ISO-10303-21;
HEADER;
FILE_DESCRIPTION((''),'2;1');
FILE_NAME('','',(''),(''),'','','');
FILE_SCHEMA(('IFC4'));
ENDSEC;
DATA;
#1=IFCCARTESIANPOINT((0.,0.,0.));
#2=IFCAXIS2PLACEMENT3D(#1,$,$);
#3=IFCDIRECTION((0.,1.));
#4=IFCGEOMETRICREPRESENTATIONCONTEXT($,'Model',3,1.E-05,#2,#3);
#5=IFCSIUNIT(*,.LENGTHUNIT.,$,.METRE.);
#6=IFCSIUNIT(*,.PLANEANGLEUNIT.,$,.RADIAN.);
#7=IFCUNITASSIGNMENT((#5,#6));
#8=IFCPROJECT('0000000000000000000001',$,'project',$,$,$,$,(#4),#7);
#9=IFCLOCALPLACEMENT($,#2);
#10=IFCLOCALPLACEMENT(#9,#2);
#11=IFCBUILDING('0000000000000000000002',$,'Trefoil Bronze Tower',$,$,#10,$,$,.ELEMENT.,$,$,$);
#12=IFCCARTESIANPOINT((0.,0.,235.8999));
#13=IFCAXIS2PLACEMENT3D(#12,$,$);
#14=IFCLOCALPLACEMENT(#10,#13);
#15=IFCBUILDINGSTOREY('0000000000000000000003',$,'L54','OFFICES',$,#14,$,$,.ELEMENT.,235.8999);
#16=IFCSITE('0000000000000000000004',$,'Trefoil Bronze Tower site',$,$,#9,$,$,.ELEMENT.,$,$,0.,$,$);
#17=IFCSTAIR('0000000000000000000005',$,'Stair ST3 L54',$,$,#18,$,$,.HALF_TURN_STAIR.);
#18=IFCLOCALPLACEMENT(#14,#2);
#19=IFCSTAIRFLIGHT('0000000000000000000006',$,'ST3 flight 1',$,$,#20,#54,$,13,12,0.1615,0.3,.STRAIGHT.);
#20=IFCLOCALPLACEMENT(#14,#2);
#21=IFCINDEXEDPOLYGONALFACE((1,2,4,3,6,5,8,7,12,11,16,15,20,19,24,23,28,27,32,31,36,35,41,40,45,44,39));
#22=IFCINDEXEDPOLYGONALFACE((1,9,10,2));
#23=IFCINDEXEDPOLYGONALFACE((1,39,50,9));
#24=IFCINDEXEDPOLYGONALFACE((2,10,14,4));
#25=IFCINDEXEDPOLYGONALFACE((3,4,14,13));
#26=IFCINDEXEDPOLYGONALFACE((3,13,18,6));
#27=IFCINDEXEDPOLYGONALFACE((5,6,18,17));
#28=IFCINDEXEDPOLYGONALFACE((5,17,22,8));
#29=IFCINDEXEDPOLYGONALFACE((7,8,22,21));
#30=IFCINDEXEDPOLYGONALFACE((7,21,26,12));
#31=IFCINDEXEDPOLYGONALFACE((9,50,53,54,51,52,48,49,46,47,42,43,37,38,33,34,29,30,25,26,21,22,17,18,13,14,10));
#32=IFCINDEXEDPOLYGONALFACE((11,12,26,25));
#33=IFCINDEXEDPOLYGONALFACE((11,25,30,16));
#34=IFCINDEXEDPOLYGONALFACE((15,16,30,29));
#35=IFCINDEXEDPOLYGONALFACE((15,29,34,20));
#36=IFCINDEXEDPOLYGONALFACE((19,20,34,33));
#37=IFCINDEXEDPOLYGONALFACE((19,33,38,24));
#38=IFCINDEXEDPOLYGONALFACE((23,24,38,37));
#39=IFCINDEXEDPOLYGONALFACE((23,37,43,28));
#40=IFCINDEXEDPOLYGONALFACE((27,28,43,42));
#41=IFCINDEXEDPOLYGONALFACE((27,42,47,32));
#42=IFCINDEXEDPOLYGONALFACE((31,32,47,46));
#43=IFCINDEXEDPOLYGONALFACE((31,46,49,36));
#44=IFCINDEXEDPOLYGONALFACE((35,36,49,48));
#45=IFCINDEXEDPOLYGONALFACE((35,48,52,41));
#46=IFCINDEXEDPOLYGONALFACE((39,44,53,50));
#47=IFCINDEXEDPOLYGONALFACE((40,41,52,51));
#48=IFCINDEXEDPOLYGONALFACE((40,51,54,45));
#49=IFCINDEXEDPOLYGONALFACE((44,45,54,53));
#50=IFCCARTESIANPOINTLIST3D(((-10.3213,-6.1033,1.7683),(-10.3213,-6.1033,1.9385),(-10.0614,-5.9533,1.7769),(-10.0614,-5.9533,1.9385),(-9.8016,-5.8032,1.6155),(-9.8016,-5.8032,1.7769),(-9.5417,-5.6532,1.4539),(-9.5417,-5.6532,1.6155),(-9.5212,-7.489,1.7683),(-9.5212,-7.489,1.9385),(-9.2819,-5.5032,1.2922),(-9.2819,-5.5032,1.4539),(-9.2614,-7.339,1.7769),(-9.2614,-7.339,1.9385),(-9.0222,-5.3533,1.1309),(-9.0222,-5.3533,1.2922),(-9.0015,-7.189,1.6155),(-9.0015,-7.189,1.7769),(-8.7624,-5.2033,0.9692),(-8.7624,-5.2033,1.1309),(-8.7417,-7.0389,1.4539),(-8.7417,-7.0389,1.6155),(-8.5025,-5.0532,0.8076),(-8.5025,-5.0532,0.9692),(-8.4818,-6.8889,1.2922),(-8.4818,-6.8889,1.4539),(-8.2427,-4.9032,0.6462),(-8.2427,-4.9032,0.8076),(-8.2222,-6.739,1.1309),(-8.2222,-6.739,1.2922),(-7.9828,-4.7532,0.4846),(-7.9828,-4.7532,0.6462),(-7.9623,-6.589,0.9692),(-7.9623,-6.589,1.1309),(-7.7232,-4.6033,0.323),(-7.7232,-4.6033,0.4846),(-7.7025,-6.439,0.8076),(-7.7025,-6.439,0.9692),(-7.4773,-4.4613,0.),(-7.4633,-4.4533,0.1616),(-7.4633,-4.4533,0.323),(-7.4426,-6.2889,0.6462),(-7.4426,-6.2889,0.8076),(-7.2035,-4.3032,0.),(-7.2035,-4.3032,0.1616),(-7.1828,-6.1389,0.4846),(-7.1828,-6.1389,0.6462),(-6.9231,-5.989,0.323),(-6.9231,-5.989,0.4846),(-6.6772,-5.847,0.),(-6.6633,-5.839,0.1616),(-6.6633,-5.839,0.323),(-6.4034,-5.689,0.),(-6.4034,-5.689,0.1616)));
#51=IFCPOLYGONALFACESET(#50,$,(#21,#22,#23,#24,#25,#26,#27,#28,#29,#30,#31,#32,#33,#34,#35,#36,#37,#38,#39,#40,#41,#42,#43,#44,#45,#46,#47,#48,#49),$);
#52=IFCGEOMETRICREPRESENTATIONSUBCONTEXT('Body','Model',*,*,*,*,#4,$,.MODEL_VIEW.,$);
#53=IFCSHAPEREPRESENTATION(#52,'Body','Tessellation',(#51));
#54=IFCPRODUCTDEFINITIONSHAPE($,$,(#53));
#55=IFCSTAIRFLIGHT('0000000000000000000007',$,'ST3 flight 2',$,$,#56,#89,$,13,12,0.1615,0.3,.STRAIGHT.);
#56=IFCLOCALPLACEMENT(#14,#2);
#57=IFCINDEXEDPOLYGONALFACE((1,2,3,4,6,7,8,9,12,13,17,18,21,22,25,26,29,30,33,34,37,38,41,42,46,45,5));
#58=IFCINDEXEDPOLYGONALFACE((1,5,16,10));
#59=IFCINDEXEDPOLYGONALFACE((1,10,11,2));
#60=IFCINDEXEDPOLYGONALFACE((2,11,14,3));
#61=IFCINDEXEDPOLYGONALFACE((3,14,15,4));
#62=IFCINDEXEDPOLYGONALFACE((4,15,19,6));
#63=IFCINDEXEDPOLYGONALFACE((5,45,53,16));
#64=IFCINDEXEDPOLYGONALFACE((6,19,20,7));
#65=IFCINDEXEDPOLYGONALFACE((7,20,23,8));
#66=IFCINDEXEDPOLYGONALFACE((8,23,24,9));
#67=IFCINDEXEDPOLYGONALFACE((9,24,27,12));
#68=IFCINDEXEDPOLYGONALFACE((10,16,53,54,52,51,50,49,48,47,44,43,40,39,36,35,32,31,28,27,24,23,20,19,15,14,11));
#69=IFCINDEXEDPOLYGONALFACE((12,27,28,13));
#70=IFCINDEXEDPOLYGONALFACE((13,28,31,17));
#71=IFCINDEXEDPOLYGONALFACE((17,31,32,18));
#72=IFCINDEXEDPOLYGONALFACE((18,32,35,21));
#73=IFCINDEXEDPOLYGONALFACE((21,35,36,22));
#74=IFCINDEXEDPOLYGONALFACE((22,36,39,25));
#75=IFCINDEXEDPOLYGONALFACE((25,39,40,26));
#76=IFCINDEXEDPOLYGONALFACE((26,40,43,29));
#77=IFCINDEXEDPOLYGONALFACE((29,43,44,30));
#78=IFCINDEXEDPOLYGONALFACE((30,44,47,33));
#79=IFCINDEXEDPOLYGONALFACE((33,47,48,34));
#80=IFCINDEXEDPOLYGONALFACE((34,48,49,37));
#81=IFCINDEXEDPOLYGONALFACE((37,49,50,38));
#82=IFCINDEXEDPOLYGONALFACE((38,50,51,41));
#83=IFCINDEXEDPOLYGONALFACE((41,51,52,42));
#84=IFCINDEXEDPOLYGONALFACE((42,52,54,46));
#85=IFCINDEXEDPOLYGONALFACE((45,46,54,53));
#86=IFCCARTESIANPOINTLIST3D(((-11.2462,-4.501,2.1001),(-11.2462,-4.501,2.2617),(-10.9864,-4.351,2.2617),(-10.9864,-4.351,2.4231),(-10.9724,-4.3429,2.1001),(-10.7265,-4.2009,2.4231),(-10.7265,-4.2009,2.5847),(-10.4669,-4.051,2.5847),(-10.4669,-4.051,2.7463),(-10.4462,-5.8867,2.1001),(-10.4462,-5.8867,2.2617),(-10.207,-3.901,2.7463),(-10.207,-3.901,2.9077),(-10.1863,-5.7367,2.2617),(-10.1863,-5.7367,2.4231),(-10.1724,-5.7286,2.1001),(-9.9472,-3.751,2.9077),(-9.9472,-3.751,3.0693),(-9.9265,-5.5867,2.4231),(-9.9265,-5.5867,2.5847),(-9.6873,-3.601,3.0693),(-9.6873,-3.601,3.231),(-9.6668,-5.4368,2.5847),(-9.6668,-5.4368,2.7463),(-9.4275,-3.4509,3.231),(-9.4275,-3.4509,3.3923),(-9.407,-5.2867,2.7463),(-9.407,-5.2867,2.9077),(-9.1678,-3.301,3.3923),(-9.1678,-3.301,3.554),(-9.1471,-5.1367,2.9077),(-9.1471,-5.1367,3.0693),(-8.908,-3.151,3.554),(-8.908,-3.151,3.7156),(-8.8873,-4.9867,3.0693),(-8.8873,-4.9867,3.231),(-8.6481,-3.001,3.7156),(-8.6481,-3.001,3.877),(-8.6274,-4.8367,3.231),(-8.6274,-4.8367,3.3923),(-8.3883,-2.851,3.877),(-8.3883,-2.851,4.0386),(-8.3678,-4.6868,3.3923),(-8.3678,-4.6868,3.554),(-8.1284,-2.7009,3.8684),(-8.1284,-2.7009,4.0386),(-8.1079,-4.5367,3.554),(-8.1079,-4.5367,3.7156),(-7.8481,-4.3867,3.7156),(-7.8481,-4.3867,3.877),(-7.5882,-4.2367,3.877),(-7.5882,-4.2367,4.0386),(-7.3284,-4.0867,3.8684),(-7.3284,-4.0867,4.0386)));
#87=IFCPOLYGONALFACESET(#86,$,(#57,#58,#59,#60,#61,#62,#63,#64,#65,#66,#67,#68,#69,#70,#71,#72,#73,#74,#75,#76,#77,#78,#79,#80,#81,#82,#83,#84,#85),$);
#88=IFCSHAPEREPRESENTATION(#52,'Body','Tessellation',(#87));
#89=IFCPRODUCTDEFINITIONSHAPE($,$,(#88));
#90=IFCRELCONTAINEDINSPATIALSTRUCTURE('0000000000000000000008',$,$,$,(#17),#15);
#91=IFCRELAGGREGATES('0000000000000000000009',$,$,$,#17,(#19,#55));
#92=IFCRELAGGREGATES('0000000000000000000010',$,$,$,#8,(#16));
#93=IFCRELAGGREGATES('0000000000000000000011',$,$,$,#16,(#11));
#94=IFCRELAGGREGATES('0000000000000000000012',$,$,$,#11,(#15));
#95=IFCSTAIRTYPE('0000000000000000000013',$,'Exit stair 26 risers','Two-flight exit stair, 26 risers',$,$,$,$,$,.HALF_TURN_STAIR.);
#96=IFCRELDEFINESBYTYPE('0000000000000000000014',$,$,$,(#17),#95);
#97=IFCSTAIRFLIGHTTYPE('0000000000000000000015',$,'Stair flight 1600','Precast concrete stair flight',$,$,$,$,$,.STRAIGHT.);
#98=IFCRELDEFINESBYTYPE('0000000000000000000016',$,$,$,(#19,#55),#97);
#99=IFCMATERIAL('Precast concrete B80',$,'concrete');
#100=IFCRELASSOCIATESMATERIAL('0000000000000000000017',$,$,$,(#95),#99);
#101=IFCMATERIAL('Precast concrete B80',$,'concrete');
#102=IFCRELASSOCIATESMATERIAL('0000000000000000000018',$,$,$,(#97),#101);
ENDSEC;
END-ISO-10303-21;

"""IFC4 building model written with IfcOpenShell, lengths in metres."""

from ifc_helpers import new_model, si_unit, direction, frame, origin, place, context, subcontext, project, spatial, polyline, outline, extrude, material, type_object, element, aggregate, save


model = new_model("IFC4")

# Units and contexts
model_context = context("Model", 3, precision=1e-05, world=origin(), true_north=direction((0.0, 1.0)))
body_context = subcontext(model_context, "Body", "Model", "MODEL_VIEW")
ifc_project = project(units=[si_unit("LENGTHUNIT", "METRE"), si_unit("PLANEANGLEUNIT", "RADIAN")], contexts=[model_context])

# Site, building, storey
site_placement = place(None, origin())
site = spatial("IfcSite", under=ifc_project, at=site_placement, Name="Trefoil Bronze Tower site", CompositionType="ELEMENT", RefElevation=0.0)
building_placement = place(site_placement, origin())
building = spatial("IfcBuilding", under=site, at=building_placement, Name="Trefoil Bronze Tower", CompositionType="ELEMENT")
storey_placement = place(building_placement, frame((0.0, 0.0, 235.8999)))
storey = spatial("IfcBuildingStorey", under=building, at=storey_placement, Name="L54", Description="OFFICES", CompositionType="ELEMENT", Elevation=235.8999)

# Stair, stair flights
ifc_material_1 = material(Name="Precast concrete B80", Category="concrete")
stair_type = type_object("IfcStairType", Name="Exit stair 26 risers", Description="Two-flight exit stair, 26 risers", PredefinedType="HALF_TURN_STAIR", material=ifc_material_1)
stair_placement = place(storey_placement, origin())
stair = element("IfcStair", 1, at=stair_placement, inside=storey, type_object=stair_type, Name="Stair ST3 L54", PredefinedType="HALF_TURN_STAIR")
ifc_material_2 = material(Name="Precast concrete B80", Category="concrete")
stair_flight_type = type_object("IfcStairFlightType", Name="Stair flight 1600", Description="Precast concrete stair flight", PredefinedType="STRAIGHT", material=ifc_material_2)
stair_flight_1_placement = place(storey_placement, frame((-6.8035, -4.9961, 0.0), z_axis=(0.0, 0.0, 1.0), x_axis=(-0.866025, -0.5, 0.0)))
stair_flight_1 = element("IfcStairFlight", 2, at=stair_flight_1_placement, type_object=stair_flight_type, Name="ST3 flight 1", NumberOfRisers=13, NumberOfTreads=12, PredefinedType="STRAIGHT", RiserHeight=0.1615, TreadLength=0.3, context=body_context, shape_type="SweptSolid", body=[
    extrude(outline(polyline([(0.0, 0.0), (0.0, 0.1616), (0.3, 0.1616), (0.3, 0.323), (0.6001, 0.323), (0.6001, 0.4846), (0.8999, 0.4846), (0.8999, 0.6462), (1.2, 0.6462), (1.2, 0.8076), (1.5, 0.8076), (1.5, 0.9692), (1.8, 0.9692), (1.8, 1.1309), (2.1001, 1.1309), (2.1001, 1.2922), (2.3999, 1.2922), (2.3999, 1.4539), (2.7, 1.4539), (2.7, 1.6155), (3.0, 1.6155), (3.0, 1.7769), (3.3, 1.7769), (3.3, 1.9385), (3.6001, 1.9385), (3.6001, 2.1001), (3.6001, 1.7683), (0.3162, 0.0), (0.0, 0.0)])), frame((0.0, 0.8, 0.0), z_axis=(0.0, -1.0, 0.0), x_axis=(1.0, 0.0, 0.0)), (0.0, 0.0, 1.0), 1.6001),
])
stair_flight_2_placement = place(storey_placement, frame((-10.8462, -5.1938, 2.1001), z_axis=(0.0, 0.0, 1.0), x_axis=(0.866025, 0.5, 0.0)))
stair_flight_2 = element("IfcStairFlight", 3, at=stair_flight_2_placement, type_object=stair_flight_type, Name="ST3 flight 2", NumberOfRisers=13, NumberOfTreads=12, PredefinedType="STRAIGHT", RiserHeight=0.1615, TreadLength=0.3, context=body_context, shape_type="SweptSolid", body=[
    extrude(outline(polyline([(0.0, 0.0), (0.0, 0.1616), (0.3, 0.1616), (0.3, 0.323), (0.6001, 0.323), (0.6001, 0.4846), (0.8999, 0.4846), (0.8999, 0.6462), (1.2, 0.6462), (1.2, 0.8076), (1.5, 0.8076), (1.5, 0.9692), (1.8, 0.9692), (1.8, 1.1309), (2.1001, 1.1309), (2.1001, 1.2922), (2.3999, 1.2922), (2.3999, 1.4539), (2.7, 1.4539), (2.7, 1.6155), (3.0, 1.6155), (3.0, 1.7769), (3.3, 1.7769), (3.3, 1.9385), (3.6001, 1.9385), (3.6001, 2.1001), (3.6001, 1.7683), (0.3162, 0.0), (0.0, 0.0)])), frame((0.0, 0.8, 0.0), z_axis=(0.0, -1.0, 0.0), x_axis=(1.0, 0.0, 0.0)), (0.0, 0.0, 1.0), 1.6001),
])
aggregate(stair, [stair_flight_1, stair_flight_2])

save(model, "model.ifc")
